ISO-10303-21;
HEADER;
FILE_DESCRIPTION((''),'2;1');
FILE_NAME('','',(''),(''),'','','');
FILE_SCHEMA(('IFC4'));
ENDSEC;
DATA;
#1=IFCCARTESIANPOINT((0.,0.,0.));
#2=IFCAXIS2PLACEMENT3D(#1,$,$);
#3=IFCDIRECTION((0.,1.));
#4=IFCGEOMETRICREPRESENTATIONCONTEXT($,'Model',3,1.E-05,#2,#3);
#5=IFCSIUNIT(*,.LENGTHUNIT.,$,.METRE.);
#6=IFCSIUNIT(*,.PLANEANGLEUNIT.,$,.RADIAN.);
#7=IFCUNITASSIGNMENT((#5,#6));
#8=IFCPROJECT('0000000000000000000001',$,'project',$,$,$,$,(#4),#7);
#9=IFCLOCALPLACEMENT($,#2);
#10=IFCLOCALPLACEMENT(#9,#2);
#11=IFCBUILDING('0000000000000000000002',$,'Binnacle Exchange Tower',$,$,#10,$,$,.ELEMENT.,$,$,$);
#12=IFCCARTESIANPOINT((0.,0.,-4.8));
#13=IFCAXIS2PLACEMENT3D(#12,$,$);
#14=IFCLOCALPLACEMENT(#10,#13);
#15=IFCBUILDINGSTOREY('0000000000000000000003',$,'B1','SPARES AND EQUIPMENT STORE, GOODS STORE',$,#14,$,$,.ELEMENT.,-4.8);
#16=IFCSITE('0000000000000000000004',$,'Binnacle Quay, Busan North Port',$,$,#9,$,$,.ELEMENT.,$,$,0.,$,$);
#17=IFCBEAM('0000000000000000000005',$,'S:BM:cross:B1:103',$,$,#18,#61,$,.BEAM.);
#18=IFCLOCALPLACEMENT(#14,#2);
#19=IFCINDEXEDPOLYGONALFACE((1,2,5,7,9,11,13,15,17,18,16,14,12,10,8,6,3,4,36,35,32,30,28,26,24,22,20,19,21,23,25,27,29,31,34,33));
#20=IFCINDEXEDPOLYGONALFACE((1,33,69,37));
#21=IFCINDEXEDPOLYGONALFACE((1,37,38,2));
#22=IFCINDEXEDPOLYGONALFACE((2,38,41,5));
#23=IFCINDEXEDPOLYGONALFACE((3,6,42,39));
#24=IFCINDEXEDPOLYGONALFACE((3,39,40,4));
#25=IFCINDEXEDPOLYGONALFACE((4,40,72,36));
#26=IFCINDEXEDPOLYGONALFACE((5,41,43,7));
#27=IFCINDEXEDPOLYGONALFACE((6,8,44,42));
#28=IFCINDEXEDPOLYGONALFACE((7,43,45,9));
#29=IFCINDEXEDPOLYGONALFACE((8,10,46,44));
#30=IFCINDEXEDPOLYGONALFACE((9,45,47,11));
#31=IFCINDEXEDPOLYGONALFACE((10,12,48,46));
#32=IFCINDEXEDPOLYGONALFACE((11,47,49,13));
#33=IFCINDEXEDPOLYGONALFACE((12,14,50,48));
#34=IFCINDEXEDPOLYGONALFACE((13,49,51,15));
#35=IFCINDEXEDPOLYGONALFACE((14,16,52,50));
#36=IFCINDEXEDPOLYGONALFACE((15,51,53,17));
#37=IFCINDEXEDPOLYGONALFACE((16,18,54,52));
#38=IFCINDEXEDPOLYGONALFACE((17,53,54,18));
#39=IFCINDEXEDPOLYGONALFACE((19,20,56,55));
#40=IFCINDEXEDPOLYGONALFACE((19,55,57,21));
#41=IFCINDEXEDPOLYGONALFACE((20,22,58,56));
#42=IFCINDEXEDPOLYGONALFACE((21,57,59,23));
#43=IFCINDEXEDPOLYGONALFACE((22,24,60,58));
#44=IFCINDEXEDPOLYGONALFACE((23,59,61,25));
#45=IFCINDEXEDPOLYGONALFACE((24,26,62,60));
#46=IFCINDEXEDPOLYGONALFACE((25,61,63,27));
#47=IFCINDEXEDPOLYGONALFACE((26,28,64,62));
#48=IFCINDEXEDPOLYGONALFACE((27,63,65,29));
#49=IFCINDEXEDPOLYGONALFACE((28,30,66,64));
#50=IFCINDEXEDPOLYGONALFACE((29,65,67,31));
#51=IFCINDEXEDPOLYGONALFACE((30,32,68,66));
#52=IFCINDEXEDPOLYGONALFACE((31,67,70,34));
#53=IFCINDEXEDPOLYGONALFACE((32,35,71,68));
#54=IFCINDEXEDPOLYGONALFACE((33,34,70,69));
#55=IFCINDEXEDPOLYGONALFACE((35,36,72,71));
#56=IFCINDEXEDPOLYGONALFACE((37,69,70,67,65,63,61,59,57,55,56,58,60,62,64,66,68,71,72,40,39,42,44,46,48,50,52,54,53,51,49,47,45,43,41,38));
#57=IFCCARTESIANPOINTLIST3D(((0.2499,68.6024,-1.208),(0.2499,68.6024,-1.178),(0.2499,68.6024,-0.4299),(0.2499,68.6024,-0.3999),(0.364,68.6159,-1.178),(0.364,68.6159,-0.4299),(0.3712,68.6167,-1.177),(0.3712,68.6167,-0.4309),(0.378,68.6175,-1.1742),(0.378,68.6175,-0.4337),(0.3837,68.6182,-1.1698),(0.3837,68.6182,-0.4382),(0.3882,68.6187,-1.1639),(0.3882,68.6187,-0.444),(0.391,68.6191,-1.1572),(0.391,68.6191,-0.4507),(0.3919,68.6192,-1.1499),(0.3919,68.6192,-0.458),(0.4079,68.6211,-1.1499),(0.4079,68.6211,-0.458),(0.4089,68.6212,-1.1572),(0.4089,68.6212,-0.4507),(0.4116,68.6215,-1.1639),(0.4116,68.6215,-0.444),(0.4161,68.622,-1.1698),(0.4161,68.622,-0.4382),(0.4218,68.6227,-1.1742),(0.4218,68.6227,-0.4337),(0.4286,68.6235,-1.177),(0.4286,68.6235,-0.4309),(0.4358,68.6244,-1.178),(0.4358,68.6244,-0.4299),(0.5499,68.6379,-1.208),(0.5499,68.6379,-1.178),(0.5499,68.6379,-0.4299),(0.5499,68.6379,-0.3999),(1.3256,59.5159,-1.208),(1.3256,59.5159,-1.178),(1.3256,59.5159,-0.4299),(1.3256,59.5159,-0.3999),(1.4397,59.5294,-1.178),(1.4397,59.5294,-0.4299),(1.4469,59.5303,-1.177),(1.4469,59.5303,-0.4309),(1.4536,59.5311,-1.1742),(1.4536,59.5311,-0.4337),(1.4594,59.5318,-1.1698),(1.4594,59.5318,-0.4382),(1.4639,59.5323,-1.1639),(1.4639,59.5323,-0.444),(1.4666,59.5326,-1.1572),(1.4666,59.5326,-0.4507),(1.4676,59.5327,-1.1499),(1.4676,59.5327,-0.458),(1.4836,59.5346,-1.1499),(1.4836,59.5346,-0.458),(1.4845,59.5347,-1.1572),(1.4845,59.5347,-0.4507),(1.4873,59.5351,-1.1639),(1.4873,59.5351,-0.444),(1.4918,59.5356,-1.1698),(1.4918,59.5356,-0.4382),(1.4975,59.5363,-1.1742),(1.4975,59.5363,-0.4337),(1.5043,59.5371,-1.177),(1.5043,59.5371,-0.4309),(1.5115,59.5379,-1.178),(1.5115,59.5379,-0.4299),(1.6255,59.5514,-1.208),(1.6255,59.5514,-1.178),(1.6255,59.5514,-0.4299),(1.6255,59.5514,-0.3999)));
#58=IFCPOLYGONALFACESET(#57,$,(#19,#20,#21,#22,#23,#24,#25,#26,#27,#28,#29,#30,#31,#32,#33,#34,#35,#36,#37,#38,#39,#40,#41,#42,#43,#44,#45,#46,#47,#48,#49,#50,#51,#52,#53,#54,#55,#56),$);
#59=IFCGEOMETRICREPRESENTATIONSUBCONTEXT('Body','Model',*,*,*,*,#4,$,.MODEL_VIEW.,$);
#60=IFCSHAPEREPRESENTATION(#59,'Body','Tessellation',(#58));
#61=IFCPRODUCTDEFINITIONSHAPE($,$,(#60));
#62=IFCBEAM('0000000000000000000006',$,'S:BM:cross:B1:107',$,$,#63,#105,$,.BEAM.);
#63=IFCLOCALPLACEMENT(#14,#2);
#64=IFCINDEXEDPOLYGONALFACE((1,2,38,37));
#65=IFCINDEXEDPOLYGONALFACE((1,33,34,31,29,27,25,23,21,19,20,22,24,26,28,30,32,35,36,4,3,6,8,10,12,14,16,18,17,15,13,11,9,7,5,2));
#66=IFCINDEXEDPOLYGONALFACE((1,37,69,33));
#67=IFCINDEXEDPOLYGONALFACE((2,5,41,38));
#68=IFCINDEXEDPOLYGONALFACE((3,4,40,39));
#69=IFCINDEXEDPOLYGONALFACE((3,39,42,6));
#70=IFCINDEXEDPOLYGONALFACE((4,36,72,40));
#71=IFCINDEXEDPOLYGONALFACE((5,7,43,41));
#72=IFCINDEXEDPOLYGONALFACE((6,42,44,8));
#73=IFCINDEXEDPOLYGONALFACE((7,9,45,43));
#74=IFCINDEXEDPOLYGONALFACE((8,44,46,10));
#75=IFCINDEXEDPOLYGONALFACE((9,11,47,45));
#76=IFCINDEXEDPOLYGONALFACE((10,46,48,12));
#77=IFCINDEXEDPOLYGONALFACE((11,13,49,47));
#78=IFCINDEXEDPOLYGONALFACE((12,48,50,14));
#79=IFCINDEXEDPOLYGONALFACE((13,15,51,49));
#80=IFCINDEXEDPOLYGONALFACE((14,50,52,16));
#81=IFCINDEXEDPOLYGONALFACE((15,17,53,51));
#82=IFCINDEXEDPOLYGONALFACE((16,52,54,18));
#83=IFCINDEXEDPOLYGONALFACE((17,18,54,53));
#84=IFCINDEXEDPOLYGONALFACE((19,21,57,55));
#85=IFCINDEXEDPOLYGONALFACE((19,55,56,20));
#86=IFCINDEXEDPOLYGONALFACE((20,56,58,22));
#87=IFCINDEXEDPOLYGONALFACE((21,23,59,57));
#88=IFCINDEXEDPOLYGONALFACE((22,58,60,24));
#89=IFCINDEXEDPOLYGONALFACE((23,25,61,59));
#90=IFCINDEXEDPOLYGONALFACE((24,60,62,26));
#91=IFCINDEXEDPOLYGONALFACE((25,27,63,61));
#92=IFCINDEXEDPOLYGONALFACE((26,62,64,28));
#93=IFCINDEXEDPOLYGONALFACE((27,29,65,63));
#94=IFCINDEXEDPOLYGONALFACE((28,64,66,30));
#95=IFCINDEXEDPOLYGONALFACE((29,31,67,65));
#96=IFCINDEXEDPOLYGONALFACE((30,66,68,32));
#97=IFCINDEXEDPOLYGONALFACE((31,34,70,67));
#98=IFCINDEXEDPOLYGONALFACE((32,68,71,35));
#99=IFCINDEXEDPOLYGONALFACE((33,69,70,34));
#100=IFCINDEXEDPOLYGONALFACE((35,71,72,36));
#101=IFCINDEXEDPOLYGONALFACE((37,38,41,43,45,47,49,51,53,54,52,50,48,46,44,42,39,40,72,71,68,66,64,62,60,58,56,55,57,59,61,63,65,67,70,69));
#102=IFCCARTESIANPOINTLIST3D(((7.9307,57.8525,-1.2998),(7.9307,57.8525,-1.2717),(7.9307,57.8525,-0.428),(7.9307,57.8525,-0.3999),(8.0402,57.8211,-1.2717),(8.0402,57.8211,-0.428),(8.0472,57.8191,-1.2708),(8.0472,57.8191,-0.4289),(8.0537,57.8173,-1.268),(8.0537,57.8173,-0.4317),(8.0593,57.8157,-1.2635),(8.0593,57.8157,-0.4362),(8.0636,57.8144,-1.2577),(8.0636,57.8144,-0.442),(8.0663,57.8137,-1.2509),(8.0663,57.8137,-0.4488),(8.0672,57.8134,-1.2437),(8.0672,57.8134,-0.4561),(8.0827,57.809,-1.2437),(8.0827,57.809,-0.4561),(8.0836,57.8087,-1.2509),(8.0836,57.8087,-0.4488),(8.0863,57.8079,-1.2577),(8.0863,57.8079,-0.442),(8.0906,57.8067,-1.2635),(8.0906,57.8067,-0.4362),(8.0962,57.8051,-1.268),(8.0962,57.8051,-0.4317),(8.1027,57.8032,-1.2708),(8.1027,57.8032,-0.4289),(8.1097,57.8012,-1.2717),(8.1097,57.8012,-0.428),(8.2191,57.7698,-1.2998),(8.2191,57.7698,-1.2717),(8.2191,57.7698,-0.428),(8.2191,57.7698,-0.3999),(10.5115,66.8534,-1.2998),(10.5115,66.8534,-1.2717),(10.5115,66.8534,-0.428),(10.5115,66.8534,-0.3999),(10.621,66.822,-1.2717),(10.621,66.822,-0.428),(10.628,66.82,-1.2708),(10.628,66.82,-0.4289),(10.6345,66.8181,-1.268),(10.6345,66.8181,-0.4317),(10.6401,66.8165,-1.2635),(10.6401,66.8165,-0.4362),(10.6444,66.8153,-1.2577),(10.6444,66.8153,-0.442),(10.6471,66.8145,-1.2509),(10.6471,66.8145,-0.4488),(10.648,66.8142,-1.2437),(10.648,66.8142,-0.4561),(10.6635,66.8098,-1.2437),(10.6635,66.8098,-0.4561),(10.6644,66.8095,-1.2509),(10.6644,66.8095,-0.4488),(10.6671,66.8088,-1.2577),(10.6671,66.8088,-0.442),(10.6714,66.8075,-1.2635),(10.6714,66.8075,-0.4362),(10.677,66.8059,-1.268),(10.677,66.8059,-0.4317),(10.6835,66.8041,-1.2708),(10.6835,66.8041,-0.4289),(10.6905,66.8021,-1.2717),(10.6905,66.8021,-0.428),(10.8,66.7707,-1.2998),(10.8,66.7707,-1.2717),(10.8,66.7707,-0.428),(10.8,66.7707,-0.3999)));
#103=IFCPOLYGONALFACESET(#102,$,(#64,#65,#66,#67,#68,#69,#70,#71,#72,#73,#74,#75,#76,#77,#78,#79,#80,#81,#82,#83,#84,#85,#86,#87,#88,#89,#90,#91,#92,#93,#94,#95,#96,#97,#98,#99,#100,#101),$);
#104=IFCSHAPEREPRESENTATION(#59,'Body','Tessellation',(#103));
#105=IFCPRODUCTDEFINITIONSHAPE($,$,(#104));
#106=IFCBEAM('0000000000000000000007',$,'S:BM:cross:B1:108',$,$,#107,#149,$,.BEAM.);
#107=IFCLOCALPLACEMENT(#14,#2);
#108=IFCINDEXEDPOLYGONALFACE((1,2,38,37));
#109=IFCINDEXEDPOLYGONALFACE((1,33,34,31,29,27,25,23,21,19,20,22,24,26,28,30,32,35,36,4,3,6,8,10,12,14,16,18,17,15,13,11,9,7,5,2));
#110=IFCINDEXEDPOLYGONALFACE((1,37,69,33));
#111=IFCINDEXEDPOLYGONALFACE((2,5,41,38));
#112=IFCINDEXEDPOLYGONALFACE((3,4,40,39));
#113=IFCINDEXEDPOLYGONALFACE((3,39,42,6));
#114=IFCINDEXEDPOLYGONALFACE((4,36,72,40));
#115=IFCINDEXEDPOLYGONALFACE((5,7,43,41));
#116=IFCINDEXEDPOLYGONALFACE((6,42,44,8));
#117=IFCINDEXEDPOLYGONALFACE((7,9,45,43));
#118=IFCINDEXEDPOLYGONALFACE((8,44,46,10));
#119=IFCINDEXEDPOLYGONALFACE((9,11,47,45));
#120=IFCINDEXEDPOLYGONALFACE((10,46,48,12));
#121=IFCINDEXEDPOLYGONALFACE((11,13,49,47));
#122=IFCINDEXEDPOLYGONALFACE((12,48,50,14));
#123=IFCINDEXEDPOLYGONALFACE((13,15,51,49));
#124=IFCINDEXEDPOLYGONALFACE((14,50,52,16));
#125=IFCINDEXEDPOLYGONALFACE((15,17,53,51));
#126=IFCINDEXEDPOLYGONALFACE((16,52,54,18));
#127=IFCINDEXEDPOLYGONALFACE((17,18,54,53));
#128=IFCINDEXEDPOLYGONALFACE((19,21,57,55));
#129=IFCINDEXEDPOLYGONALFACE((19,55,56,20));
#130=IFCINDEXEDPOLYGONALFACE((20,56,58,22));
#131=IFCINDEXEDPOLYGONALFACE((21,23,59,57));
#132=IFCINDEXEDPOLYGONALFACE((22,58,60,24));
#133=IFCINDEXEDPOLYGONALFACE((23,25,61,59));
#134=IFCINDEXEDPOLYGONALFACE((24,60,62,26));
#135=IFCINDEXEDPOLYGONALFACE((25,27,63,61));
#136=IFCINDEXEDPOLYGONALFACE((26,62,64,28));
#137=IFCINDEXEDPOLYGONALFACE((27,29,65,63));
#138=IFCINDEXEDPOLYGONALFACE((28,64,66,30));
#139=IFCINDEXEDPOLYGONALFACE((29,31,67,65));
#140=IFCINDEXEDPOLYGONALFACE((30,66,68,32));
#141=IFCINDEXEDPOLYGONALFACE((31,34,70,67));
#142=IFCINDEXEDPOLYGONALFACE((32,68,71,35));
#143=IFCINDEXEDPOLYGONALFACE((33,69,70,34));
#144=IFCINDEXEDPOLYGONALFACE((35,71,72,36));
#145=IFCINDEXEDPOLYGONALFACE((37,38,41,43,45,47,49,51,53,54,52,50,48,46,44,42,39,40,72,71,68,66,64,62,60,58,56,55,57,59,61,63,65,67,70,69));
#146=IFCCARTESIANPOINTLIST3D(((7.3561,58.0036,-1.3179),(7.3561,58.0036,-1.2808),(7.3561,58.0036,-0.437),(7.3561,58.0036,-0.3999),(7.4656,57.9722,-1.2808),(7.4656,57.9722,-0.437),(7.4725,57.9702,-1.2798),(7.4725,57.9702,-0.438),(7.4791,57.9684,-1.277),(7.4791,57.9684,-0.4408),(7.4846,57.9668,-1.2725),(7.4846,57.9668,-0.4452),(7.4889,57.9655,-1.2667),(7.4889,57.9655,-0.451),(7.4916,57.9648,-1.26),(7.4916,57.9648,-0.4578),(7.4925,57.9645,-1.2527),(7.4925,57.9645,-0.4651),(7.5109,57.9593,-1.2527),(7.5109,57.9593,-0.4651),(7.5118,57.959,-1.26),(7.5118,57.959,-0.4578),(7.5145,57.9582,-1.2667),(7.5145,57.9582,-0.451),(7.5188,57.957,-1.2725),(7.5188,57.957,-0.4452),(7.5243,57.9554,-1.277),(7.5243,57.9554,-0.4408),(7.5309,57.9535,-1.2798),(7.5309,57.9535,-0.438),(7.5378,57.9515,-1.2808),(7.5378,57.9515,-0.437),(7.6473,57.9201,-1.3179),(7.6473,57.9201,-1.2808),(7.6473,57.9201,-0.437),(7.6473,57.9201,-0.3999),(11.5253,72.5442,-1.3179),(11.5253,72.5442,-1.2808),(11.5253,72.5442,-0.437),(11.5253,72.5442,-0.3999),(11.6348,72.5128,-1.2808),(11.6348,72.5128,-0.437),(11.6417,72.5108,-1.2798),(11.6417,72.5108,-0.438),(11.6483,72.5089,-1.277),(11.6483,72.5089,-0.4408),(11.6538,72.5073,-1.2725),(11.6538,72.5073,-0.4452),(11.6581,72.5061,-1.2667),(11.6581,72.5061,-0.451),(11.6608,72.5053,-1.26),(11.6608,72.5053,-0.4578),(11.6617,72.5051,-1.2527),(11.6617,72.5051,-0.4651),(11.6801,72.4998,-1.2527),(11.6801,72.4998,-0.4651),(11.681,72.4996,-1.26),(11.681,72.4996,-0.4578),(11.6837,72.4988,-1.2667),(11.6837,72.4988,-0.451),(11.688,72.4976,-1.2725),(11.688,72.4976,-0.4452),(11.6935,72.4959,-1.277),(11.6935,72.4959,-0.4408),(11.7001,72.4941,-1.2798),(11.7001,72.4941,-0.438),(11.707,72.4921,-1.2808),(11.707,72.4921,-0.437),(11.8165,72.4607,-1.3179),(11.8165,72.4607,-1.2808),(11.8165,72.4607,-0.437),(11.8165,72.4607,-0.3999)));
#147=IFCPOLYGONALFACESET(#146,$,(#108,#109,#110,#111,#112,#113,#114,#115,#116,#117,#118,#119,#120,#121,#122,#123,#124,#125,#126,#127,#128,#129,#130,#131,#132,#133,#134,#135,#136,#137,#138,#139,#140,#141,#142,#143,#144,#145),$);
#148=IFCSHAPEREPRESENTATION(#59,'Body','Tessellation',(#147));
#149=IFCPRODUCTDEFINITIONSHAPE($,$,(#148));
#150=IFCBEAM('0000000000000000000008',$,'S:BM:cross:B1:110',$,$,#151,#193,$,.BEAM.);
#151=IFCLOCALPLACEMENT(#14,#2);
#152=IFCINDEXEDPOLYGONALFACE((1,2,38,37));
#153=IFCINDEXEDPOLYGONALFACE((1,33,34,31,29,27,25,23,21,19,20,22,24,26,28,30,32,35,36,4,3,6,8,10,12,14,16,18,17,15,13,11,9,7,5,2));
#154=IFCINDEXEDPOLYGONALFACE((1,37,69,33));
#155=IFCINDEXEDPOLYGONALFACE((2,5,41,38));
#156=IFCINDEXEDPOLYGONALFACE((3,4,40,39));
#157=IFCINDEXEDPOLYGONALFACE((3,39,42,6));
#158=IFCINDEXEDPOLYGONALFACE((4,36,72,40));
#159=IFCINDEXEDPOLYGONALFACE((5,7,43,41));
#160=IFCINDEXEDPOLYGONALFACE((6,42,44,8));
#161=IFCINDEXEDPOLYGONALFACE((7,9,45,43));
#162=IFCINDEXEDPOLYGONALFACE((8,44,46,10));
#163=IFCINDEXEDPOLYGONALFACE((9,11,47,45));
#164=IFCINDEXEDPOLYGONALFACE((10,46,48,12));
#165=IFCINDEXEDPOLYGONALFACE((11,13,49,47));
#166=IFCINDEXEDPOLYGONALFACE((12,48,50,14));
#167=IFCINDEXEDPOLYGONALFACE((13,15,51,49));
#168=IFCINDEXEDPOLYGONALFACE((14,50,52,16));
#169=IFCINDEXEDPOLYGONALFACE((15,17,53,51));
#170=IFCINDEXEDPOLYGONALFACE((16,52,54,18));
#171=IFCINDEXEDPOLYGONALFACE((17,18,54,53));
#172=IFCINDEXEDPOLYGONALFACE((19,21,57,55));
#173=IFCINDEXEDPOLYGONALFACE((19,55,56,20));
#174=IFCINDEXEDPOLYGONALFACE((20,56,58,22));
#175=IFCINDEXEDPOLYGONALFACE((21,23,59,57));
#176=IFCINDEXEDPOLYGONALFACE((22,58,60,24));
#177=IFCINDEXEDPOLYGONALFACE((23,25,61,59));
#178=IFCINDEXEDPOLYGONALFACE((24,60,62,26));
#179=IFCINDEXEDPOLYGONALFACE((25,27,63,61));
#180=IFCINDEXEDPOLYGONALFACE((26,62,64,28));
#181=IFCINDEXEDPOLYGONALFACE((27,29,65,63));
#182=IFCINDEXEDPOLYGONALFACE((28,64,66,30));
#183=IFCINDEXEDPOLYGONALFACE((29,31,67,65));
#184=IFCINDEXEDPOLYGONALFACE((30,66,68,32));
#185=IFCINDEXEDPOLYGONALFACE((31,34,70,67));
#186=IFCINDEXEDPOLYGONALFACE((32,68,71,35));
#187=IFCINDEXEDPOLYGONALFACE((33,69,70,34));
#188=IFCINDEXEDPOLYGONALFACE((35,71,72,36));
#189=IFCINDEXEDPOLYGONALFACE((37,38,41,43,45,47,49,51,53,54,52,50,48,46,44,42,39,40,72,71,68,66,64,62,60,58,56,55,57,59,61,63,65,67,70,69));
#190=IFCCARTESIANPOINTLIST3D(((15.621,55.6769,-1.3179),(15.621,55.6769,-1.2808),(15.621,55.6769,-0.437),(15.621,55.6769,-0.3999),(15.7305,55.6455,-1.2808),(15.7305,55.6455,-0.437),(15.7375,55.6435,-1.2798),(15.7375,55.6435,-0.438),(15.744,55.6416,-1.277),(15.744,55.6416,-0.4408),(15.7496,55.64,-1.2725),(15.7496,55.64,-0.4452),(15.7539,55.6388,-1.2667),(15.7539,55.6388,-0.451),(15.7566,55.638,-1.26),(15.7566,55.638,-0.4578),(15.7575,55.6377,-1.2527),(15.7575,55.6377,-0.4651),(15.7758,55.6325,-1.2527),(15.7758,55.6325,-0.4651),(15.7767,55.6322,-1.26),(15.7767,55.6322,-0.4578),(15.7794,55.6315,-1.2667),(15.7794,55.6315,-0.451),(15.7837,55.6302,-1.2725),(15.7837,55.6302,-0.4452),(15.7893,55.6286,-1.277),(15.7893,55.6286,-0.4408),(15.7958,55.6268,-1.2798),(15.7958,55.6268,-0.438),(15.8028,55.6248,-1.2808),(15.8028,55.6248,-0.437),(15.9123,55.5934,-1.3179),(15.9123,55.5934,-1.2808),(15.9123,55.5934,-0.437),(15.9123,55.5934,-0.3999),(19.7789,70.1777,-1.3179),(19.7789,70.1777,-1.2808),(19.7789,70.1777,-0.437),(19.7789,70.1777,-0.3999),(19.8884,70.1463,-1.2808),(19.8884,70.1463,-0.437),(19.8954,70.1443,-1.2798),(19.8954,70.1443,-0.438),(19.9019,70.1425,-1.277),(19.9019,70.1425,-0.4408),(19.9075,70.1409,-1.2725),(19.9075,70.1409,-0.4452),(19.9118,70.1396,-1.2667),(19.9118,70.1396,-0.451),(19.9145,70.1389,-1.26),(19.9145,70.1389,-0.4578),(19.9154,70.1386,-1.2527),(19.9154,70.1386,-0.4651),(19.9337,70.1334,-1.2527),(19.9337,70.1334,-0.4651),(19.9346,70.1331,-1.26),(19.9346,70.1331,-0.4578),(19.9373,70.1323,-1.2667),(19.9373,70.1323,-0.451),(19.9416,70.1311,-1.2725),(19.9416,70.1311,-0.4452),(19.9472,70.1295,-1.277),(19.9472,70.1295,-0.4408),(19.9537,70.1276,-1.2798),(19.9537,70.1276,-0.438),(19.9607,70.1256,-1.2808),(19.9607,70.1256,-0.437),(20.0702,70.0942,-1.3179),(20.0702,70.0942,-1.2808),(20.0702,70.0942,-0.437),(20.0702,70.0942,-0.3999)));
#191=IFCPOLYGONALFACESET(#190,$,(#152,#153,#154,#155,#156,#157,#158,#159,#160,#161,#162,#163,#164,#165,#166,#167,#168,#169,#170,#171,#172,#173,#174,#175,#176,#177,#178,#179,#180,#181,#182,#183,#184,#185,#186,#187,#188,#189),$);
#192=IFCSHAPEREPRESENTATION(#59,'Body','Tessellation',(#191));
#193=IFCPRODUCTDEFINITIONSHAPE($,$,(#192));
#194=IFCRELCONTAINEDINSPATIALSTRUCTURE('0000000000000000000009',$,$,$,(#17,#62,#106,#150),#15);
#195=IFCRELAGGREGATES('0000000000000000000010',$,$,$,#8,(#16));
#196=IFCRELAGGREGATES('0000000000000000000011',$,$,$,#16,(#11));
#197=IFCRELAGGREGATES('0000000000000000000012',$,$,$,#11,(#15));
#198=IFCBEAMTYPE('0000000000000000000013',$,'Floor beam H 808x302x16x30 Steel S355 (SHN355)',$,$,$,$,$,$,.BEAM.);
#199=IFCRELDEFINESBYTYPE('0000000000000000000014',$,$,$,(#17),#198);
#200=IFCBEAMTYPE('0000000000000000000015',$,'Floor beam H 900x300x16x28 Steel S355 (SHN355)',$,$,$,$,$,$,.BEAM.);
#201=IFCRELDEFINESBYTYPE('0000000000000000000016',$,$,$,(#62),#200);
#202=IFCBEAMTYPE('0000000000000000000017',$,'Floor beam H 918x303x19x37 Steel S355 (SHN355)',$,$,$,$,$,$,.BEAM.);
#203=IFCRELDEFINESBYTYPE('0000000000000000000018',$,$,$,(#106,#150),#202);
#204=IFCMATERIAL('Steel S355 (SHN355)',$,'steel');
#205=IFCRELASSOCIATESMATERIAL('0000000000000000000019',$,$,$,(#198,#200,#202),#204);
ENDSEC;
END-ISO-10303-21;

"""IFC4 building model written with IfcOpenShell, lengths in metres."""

from ifc_helpers import new_model, si_unit, direction, frame, origin, origin_2d, place, context, subcontext, project, spatial, i_section, extrude, material, material_profile, profile_set, type_object, element, save


model = new_model("IFC4")

# Units and contexts
model_context = context("Model", 3, precision=1e-05, world=origin(), true_north=direction((0.0, 1.0)))
body_context = subcontext(model_context, "Body", "Model", "MODEL_VIEW")
ifc_project = project(units=[si_unit("LENGTHUNIT", "METRE"), si_unit("PLANEANGLEUNIT", "RADIAN")], contexts=[model_context])

# Site, building, storey
site_placement = place(None, origin())
site = spatial("IfcSite", under=ifc_project, at=site_placement, Name="Binnacle Quay, Busan North Port", CompositionType="ELEMENT", RefElevation=0.0)
building_placement = place(site_placement, origin())
building = spatial("IfcBuilding", under=site, at=building_placement, Name="Binnacle Exchange Tower", CompositionType="ELEMENT")
storey_placement = place(building_placement, frame((0.0, 0.0, -4.8)))
storey = spatial("IfcBuildingStorey", under=building, at=storey_placement, Name="B1", Description="SPARES AND EQUIPMENT STORE, GOODS STORE", CompositionType="ELEMENT", Elevation=-4.8)

# Beams
ifc_material_1 = material(Name="Steel S355 (SHN355)", Category="steel")
ifc_material_profile_1 = material_profile(ifc_material_1, i_section(OverallWidth=0.302, OverallDepth=0.8081, WebThickness=0.0161, FlangeThickness=0.03, FilletRadius=0.0281, at=origin_2d()), Name="H 808x302x16x30")
ifc_profile_set_1 = profile_set([ifc_material_profile_1], Name="Steel S355 (SHN355)")
beam_type_1 = type_object("IfcBeamType", Name="Floor beam H 808x302x16x30 Steel S355 (SHN355)", PredefinedType="BEAM", material=ifc_profile_set_1)
beam_1_placement = place(storey_placement, frame((0.3999, 68.6201, -0.804), z_axis=(0.117563, -0.993065, 0.0), x_axis=(0.993065, 0.117563, 0.0)))
element("IfcBeam", 1, at=beam_1_placement, inside=storey, type_object=beam_type_1, Name="S:BM:cross:B1:103", PredefinedType="BEAM", context=body_context, shape_type="SweptSolid", body=[
    extrude(i_section(OverallWidth=0.302, OverallDepth=0.8081, WebThickness=0.0161, FlangeThickness=0.03, FilletRadius=0.0281, at=origin_2d()), origin(), (0.0, 0.0, 1.0), 9.1499),
])
ifc_material_profile_2 = material_profile(ifc_material_1, i_section(OverallWidth=0.3, OverallDepth=0.8999, WebThickness=0.0161, FlangeThickness=0.0281, FilletRadius=0.0281, at=origin_2d()), Name="H 900x300x16x28")
ifc_profile_set_2 = profile_set([ifc_material_profile_2], Name="Steel S355 (SHN355)")
beam_type_2 = type_object("IfcBeamType", Name="Floor beam H 900x300x16x28 Steel S355 (SHN355)", PredefinedType="BEAM", material=ifc_profile_set_2)
beam_2_placement = place(storey_placement, frame((10.6558, 66.812, -0.8499), z_axis=(-0.275627, -0.961265, 0.0), x_axis=(0.961265, -0.275627, 0.0)))
element("IfcBeam", 2, at=beam_2_placement, inside=storey, type_object=beam_type_2, Name="S:BM:cross:B1:107", PredefinedType="BEAM", context=body_context, shape_type="SweptSolid", body=[
    extrude(i_section(OverallWidth=0.3, OverallDepth=0.8999, WebThickness=0.0161, FlangeThickness=0.0281, FilletRadius=0.0281, at=origin_2d()), origin(), (0.0, 0.0, 1.0), 9.3635),
])
ifc_material_profile_3 = material_profile(ifc_material_1, i_section(OverallWidth=0.303, OverallDepth=0.918, WebThickness=0.019, FlangeThickness=0.0371, FilletRadius=0.0281, at=origin_2d()), Name="H 918x303x19x37")
ifc_profile_set_3 = profile_set([ifc_material_profile_3], Name="Steel S355 (SHN355)")
beam_type_3 = type_object("IfcBeamType", Name="Floor beam H 918x303x19x37 Steel S355 (SHN355)", PredefinedType="BEAM", material=ifc_profile_set_3)
beam_3_placement = place(storey_placement, frame((11.6709, 72.5024, -0.8589), z_axis=(-0.275623, -0.961266, 0.0), x_axis=(0.961266, -0.275623, 0.0)))
element("IfcBeam", 3, at=beam_3_placement, inside=storey, type_object=beam_type_3, Name="S:BM:cross:B1:108", PredefinedType="BEAM", context=body_context, shape_type="SweptSolid", body=[
    extrude(i_section(OverallWidth=0.303, OverallDepth=0.918, WebThickness=0.019, FlangeThickness=0.0371, FilletRadius=0.0281, at=origin_2d()), origin(), (0.0, 0.0, 1.0), 15.1265),
])
beam_4_placement = place(storey_placement, frame((19.9246, 70.136, -0.8589), z_axis=(-0.275629, -0.961264, 0.0), x_axis=(0.961264, -0.275629, 0.0)))
element("IfcBeam", 4, at=beam_4_placement, inside=storey, type_object=beam_type_3, Name="S:BM:cross:B1:110", PredefinedType="BEAM", context=body_context, shape_type="SweptSolid", body=[
    extrude(i_section(OverallWidth=0.303, OverallDepth=0.918, WebThickness=0.019, FlangeThickness=0.0371, FilletRadius=0.0281, at=origin_2d()), origin(), (0.0, 0.0, 1.0), 15.0852),
])

save(model, "model.ifc")
